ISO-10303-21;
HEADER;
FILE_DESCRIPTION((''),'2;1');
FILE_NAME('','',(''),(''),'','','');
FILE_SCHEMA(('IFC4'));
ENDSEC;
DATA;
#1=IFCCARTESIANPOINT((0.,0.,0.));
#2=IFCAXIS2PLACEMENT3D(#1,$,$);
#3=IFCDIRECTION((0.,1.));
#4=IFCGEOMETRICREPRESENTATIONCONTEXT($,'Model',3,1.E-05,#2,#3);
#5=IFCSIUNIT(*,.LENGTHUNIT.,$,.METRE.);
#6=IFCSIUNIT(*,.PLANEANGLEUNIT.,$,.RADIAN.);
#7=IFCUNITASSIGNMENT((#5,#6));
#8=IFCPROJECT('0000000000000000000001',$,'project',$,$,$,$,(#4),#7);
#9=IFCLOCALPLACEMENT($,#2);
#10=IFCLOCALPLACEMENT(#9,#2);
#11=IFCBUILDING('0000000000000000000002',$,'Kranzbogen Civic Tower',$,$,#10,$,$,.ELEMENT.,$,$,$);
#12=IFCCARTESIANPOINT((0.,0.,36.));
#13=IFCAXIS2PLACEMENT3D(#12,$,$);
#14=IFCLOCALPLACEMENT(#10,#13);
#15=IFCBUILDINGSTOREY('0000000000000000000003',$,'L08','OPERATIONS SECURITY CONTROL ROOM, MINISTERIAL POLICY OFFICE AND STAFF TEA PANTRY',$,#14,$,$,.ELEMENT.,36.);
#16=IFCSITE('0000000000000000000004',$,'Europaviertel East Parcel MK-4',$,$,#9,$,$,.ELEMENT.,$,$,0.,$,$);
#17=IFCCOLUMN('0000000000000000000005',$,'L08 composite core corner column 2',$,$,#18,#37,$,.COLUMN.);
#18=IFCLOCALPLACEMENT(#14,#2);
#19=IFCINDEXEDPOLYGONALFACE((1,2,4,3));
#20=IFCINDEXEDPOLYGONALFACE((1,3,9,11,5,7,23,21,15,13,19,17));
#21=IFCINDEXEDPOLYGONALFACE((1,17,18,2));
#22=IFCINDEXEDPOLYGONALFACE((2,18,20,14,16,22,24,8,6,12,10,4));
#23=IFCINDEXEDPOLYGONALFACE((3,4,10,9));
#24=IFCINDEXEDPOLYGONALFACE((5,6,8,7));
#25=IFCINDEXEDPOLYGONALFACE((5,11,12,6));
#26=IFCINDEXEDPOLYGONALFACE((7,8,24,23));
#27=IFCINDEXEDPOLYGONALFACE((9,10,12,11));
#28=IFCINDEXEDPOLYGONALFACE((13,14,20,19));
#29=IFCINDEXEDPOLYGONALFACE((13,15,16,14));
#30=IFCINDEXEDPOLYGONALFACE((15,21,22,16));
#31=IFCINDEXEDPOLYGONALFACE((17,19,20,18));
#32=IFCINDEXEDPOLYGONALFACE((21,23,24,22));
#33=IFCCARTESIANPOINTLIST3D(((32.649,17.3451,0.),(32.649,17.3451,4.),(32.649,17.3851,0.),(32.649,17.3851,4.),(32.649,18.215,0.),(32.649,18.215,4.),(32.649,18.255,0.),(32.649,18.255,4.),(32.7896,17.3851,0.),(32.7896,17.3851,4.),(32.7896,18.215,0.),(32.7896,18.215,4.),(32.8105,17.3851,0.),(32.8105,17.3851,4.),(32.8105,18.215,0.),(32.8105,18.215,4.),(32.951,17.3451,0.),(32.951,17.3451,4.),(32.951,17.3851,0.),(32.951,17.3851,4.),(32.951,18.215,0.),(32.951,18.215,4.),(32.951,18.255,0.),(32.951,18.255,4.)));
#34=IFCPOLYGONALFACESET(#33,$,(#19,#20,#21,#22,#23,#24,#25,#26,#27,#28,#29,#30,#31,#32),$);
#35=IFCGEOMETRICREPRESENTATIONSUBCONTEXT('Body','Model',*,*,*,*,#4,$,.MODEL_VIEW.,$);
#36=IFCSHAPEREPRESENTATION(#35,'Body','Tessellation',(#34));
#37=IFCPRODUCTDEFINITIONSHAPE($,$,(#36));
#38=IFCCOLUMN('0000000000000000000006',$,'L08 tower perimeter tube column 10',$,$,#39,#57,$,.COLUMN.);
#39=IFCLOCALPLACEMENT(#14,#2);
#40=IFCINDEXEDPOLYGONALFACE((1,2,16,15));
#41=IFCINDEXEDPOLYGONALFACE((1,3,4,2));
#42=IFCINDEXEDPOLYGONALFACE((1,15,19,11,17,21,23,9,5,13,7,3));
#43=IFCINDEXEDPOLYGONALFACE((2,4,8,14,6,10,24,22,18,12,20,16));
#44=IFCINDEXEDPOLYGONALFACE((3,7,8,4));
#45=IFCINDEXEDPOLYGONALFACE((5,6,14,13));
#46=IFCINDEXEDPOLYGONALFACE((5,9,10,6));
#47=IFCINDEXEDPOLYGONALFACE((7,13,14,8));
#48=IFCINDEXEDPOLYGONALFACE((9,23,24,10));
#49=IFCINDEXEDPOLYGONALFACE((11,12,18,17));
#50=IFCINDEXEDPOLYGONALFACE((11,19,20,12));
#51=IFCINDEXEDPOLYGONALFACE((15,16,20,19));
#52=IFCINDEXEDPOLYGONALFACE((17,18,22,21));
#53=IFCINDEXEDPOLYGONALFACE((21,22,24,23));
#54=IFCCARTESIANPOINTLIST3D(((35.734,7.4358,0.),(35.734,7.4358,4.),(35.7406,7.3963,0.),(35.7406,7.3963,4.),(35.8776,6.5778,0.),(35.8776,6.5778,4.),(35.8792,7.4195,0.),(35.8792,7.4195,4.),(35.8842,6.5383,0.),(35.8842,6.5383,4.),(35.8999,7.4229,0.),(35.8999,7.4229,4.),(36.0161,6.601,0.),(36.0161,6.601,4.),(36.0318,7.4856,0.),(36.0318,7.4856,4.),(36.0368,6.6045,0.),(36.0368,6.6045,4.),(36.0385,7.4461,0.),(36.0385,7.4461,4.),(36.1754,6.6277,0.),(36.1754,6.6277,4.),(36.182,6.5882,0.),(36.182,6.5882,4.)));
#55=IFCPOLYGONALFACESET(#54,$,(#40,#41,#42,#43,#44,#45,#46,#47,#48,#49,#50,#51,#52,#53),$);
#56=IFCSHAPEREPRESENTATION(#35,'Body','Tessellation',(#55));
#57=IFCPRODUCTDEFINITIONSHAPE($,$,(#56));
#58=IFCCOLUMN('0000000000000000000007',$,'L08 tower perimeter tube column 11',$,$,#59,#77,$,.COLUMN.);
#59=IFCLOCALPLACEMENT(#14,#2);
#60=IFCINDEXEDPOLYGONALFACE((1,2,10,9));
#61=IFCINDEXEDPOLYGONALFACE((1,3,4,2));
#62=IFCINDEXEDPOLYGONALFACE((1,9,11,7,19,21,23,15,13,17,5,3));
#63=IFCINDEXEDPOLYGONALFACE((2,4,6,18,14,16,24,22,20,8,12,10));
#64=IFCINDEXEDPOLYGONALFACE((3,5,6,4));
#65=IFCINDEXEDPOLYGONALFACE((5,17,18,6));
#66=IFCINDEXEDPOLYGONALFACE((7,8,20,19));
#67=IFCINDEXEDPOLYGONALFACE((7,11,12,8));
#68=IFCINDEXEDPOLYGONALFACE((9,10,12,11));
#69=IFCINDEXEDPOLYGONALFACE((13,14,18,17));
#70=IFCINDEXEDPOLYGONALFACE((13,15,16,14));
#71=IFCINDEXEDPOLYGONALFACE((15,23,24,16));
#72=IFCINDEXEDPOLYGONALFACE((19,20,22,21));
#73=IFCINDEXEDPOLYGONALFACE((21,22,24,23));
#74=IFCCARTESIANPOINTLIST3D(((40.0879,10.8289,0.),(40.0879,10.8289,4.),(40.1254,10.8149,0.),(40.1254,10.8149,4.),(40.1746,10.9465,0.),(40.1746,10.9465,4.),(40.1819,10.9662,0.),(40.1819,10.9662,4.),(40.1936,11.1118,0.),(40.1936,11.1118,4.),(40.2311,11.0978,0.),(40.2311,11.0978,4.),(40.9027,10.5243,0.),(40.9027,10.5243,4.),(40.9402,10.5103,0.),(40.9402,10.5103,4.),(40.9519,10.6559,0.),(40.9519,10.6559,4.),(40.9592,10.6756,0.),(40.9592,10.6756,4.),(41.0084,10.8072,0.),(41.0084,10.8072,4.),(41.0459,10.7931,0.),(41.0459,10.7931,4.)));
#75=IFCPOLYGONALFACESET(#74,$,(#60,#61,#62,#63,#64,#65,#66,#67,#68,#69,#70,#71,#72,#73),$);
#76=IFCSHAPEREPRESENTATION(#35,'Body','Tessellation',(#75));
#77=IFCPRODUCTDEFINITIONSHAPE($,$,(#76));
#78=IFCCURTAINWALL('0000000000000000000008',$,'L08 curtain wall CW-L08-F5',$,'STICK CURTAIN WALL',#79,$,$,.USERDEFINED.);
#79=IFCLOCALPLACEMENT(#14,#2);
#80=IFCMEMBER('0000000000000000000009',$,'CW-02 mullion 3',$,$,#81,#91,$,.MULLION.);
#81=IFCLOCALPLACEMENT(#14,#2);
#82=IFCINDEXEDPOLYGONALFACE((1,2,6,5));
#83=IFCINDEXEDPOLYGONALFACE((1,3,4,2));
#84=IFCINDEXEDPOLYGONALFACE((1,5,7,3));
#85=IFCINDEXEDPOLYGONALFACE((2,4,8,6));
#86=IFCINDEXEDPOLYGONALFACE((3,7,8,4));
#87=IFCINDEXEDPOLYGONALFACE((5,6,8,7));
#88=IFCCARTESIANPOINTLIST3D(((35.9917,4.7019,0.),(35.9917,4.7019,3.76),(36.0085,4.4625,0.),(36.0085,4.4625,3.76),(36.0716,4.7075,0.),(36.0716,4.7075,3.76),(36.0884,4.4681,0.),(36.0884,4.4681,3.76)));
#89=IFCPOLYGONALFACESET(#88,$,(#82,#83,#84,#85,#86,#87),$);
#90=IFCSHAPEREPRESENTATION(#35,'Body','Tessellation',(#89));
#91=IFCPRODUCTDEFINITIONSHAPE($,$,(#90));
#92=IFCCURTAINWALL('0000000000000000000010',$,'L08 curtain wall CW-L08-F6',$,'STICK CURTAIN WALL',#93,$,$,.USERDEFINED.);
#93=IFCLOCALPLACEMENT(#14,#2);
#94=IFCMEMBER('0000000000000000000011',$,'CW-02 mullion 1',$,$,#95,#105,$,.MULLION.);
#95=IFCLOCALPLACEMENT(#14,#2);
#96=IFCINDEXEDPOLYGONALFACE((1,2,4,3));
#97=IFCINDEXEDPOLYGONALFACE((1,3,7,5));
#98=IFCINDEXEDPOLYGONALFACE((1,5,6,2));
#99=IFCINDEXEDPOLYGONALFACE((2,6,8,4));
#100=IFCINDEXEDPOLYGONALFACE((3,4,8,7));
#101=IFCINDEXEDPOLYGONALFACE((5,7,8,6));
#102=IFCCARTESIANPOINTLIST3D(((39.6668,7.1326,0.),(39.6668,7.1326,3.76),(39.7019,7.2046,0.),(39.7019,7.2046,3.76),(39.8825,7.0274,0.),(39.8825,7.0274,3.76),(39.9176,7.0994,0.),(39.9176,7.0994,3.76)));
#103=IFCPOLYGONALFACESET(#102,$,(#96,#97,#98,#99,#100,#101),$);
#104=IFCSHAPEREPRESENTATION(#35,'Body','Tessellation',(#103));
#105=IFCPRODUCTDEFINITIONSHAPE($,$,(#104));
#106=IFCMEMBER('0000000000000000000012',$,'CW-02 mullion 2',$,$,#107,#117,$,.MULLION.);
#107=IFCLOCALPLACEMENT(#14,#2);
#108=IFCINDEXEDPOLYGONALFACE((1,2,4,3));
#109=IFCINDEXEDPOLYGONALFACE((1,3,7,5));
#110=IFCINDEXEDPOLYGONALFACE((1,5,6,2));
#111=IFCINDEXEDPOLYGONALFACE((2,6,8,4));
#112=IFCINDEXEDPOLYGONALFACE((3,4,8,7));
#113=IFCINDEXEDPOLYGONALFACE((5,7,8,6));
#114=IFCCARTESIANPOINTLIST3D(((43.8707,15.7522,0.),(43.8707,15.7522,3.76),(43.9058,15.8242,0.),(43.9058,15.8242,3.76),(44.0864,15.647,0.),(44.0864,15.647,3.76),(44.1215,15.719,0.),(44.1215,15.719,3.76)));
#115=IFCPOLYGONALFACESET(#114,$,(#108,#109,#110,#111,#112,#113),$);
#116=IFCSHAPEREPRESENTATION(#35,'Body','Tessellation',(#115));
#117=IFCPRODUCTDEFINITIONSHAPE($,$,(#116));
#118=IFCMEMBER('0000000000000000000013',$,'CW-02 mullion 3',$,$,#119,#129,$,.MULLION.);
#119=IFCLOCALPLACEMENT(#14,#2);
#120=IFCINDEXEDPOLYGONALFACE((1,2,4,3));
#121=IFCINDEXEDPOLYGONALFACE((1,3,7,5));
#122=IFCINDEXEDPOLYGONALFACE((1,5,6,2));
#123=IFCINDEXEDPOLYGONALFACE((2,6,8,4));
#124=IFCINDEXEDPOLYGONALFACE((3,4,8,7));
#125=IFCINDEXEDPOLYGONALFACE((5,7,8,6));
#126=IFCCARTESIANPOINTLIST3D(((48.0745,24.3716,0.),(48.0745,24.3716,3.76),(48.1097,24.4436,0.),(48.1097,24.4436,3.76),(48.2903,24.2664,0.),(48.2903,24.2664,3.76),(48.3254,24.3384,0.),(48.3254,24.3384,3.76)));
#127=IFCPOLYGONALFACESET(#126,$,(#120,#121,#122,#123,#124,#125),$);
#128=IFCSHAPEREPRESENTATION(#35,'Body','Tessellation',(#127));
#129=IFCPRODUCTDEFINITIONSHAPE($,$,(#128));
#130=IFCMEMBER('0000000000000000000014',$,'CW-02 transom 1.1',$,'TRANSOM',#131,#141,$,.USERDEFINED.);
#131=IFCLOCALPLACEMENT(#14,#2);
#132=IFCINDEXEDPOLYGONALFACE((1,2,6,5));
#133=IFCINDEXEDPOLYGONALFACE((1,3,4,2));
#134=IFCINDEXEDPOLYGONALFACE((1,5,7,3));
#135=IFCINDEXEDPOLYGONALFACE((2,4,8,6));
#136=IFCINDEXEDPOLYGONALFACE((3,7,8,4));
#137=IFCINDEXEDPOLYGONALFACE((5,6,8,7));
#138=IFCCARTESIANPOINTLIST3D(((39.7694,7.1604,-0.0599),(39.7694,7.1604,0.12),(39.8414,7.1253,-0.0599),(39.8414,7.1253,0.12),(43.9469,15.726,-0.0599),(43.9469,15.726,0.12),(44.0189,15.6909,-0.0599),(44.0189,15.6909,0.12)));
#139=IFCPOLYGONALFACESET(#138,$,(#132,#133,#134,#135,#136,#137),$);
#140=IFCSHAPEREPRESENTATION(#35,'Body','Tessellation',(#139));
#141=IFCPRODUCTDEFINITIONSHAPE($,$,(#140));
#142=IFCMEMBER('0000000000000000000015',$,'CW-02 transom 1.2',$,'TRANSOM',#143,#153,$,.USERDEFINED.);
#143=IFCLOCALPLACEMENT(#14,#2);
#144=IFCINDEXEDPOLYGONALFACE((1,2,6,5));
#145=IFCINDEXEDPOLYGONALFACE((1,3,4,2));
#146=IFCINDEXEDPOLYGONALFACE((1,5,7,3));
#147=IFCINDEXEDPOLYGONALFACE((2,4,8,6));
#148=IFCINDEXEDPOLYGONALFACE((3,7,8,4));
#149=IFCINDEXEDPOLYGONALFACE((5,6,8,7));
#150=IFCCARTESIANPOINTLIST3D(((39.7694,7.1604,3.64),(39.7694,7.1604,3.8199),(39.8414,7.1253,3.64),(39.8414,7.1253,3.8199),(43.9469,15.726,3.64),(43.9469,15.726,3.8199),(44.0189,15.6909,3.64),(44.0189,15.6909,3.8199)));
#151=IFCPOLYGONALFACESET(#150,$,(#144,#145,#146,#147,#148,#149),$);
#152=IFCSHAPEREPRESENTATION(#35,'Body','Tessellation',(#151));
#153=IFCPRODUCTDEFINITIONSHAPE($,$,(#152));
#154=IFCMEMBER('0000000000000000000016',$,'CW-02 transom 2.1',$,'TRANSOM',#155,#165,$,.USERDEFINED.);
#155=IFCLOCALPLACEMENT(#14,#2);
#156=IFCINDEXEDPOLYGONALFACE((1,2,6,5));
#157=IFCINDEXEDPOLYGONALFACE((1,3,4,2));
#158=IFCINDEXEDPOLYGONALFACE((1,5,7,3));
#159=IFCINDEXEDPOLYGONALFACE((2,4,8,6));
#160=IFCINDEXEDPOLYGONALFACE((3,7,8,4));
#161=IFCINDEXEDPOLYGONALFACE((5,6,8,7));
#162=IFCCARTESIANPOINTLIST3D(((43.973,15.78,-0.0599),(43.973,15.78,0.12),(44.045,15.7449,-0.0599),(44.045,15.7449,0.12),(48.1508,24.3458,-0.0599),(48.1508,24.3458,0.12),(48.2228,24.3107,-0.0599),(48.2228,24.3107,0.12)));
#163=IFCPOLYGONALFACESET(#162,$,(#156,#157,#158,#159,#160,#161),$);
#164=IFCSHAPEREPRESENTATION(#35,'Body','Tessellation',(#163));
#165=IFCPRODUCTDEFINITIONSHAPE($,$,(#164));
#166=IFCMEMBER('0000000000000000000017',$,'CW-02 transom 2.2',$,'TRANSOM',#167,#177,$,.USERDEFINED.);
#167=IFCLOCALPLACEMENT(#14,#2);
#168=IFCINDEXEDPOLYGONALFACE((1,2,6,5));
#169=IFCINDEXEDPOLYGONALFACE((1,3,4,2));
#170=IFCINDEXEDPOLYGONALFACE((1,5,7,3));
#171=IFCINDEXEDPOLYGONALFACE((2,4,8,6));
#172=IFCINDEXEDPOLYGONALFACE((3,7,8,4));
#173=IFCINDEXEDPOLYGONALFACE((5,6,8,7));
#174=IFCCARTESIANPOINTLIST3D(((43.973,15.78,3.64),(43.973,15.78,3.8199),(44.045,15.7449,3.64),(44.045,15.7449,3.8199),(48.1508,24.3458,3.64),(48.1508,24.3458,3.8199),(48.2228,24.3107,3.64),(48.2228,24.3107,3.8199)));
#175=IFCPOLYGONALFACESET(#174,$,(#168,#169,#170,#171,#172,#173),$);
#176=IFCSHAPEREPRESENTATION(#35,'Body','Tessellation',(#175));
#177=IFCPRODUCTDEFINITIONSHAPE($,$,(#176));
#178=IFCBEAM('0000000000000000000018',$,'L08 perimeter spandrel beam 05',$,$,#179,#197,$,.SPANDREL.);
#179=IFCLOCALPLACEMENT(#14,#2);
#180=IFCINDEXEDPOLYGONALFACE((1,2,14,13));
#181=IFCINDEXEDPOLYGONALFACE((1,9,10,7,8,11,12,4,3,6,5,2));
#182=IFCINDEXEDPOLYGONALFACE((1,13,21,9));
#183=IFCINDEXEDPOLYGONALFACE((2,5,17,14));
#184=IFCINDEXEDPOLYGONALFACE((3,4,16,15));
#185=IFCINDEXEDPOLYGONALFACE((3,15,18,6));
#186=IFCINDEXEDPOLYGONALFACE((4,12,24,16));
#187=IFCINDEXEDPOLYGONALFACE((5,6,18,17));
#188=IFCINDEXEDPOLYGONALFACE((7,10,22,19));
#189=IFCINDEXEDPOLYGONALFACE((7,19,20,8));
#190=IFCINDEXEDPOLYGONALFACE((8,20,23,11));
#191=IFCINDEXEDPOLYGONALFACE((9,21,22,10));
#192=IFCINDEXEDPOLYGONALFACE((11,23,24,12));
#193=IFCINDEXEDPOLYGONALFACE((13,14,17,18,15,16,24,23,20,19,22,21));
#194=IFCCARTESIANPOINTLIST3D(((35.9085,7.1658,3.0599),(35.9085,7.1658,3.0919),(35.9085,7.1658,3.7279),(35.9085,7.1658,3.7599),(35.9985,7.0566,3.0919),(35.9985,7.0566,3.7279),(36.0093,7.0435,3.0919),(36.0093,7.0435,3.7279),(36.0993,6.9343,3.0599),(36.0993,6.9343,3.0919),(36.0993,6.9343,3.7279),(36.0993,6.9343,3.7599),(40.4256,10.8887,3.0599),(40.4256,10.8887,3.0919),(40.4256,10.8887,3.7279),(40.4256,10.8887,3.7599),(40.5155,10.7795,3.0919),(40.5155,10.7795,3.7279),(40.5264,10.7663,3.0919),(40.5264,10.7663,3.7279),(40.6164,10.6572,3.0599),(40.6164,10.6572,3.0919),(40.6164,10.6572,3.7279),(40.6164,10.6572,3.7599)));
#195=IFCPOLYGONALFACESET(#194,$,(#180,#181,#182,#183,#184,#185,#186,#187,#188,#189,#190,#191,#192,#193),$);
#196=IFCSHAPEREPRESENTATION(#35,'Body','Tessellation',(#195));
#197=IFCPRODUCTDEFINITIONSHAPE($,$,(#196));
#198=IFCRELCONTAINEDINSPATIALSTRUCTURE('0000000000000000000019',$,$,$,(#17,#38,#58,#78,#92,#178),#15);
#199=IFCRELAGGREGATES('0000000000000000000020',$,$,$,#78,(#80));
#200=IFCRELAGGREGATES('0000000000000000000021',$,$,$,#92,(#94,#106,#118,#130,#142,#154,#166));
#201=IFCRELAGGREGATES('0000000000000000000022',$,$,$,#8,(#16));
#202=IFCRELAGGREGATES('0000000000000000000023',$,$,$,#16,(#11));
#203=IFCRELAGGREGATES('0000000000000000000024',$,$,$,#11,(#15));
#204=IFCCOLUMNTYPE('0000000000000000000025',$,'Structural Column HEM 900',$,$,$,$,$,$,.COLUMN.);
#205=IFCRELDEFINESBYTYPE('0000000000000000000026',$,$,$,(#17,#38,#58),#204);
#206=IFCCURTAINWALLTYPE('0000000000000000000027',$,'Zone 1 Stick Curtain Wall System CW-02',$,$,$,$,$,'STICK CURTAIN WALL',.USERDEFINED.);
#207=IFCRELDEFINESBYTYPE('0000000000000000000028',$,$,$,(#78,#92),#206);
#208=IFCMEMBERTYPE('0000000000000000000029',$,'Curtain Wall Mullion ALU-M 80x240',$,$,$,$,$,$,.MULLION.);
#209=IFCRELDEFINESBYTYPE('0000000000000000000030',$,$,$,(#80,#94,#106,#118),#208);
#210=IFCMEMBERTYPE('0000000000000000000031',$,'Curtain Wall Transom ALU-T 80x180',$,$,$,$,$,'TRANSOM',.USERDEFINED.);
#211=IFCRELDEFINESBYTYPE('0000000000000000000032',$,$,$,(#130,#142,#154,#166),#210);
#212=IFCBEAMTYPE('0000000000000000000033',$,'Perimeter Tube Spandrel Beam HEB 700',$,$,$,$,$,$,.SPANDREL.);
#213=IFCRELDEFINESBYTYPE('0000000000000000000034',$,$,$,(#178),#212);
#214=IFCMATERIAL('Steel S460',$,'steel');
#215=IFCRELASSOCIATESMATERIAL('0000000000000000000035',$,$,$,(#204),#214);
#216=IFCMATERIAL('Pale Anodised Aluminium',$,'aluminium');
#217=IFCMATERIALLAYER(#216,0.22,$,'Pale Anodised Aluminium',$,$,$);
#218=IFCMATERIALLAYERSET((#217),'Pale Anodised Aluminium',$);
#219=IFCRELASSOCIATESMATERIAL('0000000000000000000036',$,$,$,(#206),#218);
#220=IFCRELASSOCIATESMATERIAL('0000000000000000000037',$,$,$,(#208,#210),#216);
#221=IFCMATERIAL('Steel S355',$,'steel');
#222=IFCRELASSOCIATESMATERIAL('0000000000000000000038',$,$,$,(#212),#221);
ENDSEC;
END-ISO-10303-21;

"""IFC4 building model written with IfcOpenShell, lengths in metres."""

from ifc_helpers import new_model, si_unit, direction, frame, origin, origin_2d, place, context, subcontext, project, spatial, rectangle, i_section, extrude, material, layer, layer_set, material_profile, profile_set, type_object, element, aggregate, save


model = new_model("IFC4")

# Units and contexts
model_context = context("Model", 3, precision=1e-05, world=origin(), true_north=direction((0.0, 1.0)))
body_context = subcontext(model_context, "Body", "Model", "MODEL_VIEW")
ifc_project = project(units=[si_unit("LENGTHUNIT", "METRE"), si_unit("PLANEANGLEUNIT", "RADIAN")], contexts=[model_context])

# Site, building, storey
site_placement = place(None, origin())
site = spatial("IfcSite", under=ifc_project, at=site_placement, Name="Europaviertel East Parcel MK-4", CompositionType="ELEMENT", RefElevation=0.0)
building_placement = place(site_placement, origin())
building = spatial("IfcBuilding", under=site, at=building_placement, Name="Kranzbogen Civic Tower", CompositionType="ELEMENT")
storey_placement = place(building_placement, frame((0.0, 0.0, 36.0)))
storey = spatial("IfcBuildingStorey", under=building, at=storey_placement, Name="L08", Description="OPERATIONS SECURITY CONTROL ROOM, MINISTERIAL POLICY OFFICE AND STAFF TEA PANTRY", CompositionType="ELEMENT", Elevation=36.0)

# Columns
ifc_material_1 = material(Name="Steel S460", Category="steel")
ifc_material_profile_1 = material_profile(ifc_material_1, i_section(OverallWidth=0.302, OverallDepth=0.9099, WebThickness=0.021, FlangeThickness=0.04, at=origin_2d()), Name="HEM 900")
ifc_profile_set_1 = profile_set([ifc_material_profile_1], Name="Steel S460")
column_type = type_object("IfcColumnType", Name="Structural Column HEM 900", PredefinedType="COLUMN", material=ifc_profile_set_1)
for number, where, z_axis, x_axis, name in (
    (1, (32.8, 17.8, 0.0), (0.0, 0.0, 1.0), (1.0, 0.0, 0.0), "L08 composite core corner column 2"),
    (2, (35.958, 7.012, 0.0), (0.0, 0.0, 1.0), (0.986286, 0.165048, 0.0), "L08 tower perimeter tube column 10"),
    (3, (40.5669, 10.811, 0.0), (0.0, 0.0, 1.0), (0.350207, 0.936672, 0.0), "L08 tower perimeter tube column 11"),
):
    element("IfcColumn", number, at=place(storey_placement, frame(where, z_axis=z_axis, x_axis=x_axis)), inside=storey, type_object=column_type, Name=name, PredefinedType="COLUMN", context=body_context, shape_type="SweptSolid", body=[
        extrude(i_section(OverallWidth=0.302, OverallDepth=0.9099, WebThickness=0.021, FlangeThickness=0.04, at=origin_2d()), origin(), (0.0, 0.0, 1.0), 4.0),
    ])

# Curtain wall, member
ifc_material_2 = material(Name="Pale Anodised Aluminium", Category="aluminium")
ifc_layer_1 = layer(ifc_material_2, 0.22, Name="Pale Anodised Aluminium")
ifc_layer_set_1 = layer_set([ifc_layer_1], Name="Pale Anodised Aluminium")
curtain_wall_type = type_object("IfcCurtainWallType", Name="Zone 1 Stick Curtain Wall System CW-02", ElementType="STICK CURTAIN WALL", PredefinedType="USERDEFINED", material=ifc_layer_set_1)
curtain_wall_1_placement = place(storey_placement, origin())
curtain_wall_1 = element("IfcCurtainWall", 4, at=curtain_wall_1_placement, inside=storey, type_object=curtain_wall_type, Name="L08 curtain wall CW-L08-F5", ObjectType="STICK CURTAIN WALL", PredefinedType="USERDEFINED")
ifc_material_profile_2 = material_profile(ifc_material_2, rectangle(XDim=0.0801, YDim=0.24, at=origin_2d()), Name="ALU-M 80x240")
ifc_profile_set_2 = profile_set([ifc_material_profile_2], Name="Pale Anodised Aluminium")
member_type_1 = type_object("IfcMemberType", Name="Curtain Wall Mullion ALU-M 80x240", PredefinedType="MULLION", material=ifc_profile_set_2)
member_1_placement = place(storey_placement, frame((36.04, 4.585, 0.0), z_axis=(0.0, 0.0, 1.0), x_axis=(0.997564, 0.069755, 0.0)))
member_1 = element("IfcMember", 5, at=member_1_placement, type_object=member_type_1, Name="CW-02 mullion 3", PredefinedType="MULLION", context=body_context, shape_type="SweptSolid", body=[
    extrude(rectangle(XDim=0.0801, YDim=0.24, at=origin_2d()), origin(), (0.0, 0.0, 1.0), 3.76),
])

# Curtain wall, members
curtain_wall_2_placement = place(storey_placement, origin())
curtain_wall_2 = element("IfcCurtainWall", 6, at=curtain_wall_2_placement, inside=storey, type_object=curtain_wall_type, Name="L08 curtain wall CW-L08-F6", ObjectType="STICK CURTAIN WALL", PredefinedType="USERDEFINED")
member_2_placement = place(storey_placement, frame((39.7922, 7.116, 0.0), z_axis=(0.0, 0.0, 1.0), x_axis=(0.438356, 0.898801, 0.0)))
member_2 = element("IfcMember", 7, at=member_2_placement, type_object=member_type_1, Name="CW-02 mullion 1", PredefinedType="MULLION", context=body_context, shape_type="SweptSolid", body=[
    extrude(rectangle(XDim=0.0801, YDim=0.24, at=origin_2d()), origin(), (0.0, 0.0, 1.0), 3.76),
])
member_3_placement = place(storey_placement, frame((43.9961, 15.7356, 0.0), z_axis=(0.0, 0.0, 1.0), x_axis=(0.438356, 0.898801, 0.0)))
member_3 = element("IfcMember", 8, at=member_3_placement, type_object=member_type_1, Name="CW-02 mullion 2", PredefinedType="MULLION", context=body_context, shape_type="SweptSolid", body=[
    extrude(rectangle(XDim=0.0801, YDim=0.24, at=origin_2d()), origin(), (0.0, 0.0, 1.0), 3.76),
])
member_4_placement = place(storey_placement, frame((48.2, 24.355, 0.0), z_axis=(0.0, 0.0, 1.0), x_axis=(0.438356, 0.898801, 0.0)))
member_4 = element("IfcMember", 9, at=member_4_placement, type_object=member_type_1, Name="CW-02 mullion 3", PredefinedType="MULLION", context=body_context, shape_type="SweptSolid", body=[
    extrude(rectangle(XDim=0.0801, YDim=0.24, at=origin_2d()), origin(), (0.0, 0.0, 1.0), 3.76),
])
ifc_material_profile_3 = material_profile(ifc_material_2, rectangle(XDim=0.0801, YDim=0.1799, at=origin_2d()), Name="ALU-T 80x180")
ifc_profile_set_3 = profile_set([ifc_material_profile_3], Name="Pale Anodised Aluminium")
member_type_2 = type_object("IfcMemberType", Name="Curtain Wall Transom ALU-T 80x180", ElementType="TRANSOM", PredefinedType="USERDEFINED", material=ifc_profile_set_3)
member_5_placement = place(storey_placement, frame((39.8054, 7.1428, 0.03), z_axis=(0.438348, 0.898805, 0.0), x_axis=(-0.898805, 0.438348, 0.0)))
member_5 = element("IfcMember", 10, at=member_5_placement, type_object=member_type_2, Name="CW-02 transom 1.1", ObjectType="TRANSOM", PredefinedType="USERDEFINED", context=body_context, shape_type="SweptSolid", body=[
    extrude(rectangle(XDim=0.0801, YDim=0.1799, at=origin_2d()), origin(), (0.0, 0.0, 1.0), 9.53),
])
member_6_placement = place(storey_placement, frame((39.8054, 7.1428, 3.73), z_axis=(0.438348, 0.898805, 0.0), x_axis=(-0.898805, 0.438348, 0.0)))
member_6 = element("IfcMember", 11, at=member_6_placement, type_object=member_type_2, Name="CW-02 transom 1.2", ObjectType="TRANSOM", PredefinedType="USERDEFINED", context=body_context, shape_type="SweptSolid", body=[
    extrude(rectangle(XDim=0.0801, YDim=0.1799, at=origin_2d()), origin(), (0.0, 0.0, 1.0), 9.53),
])
member_7_placement = place(storey_placement, frame((44.009, 15.7625, 0.03), z_axis=(0.438369, 0.898795, 0.0), x_axis=(-0.898795, 0.438369, 0.0)))
member_7 = element("IfcMember", 12, at=member_7_placement, type_object=member_type_2, Name="CW-02 transom 2.1", ObjectType="TRANSOM", PredefinedType="USERDEFINED", context=body_context, shape_type="SweptSolid", body=[
    extrude(rectangle(XDim=0.0801, YDim=0.1799, at=origin_2d()), origin(), (0.0, 0.0, 1.0), 9.5303),
])
member_8_placement = place(storey_placement, frame((44.009, 15.7625, 3.73), z_axis=(0.438369, 0.898795, 0.0), x_axis=(-0.898795, 0.438369, 0.0)))
member_8 = element("IfcMember", 13, at=member_8_placement, type_object=member_type_2, Name="CW-02 transom 2.2", ObjectType="TRANSOM", PredefinedType="USERDEFINED", context=body_context, shape_type="SweptSolid", body=[
    extrude(rectangle(XDim=0.0801, YDim=0.1799, at=origin_2d()), origin(), (0.0, 0.0, 1.0), 9.5303),
])

# Beam
ifc_material_3 = material(Name="Steel S355", Category="steel")
ifc_material_profile_4 = material_profile(ifc_material_3, i_section(OverallWidth=0.3, OverallDepth=0.7, WebThickness=0.0171, FlangeThickness=0.032, at=origin_2d()), Name="HEB 700")
ifc_profile_set_4 = profile_set([ifc_material_profile_4], Name="Steel S355")
beam_type_1 = type_object("IfcBeamType", Name="Perimeter Tube Spandrel Beam HEB 700", PredefinedType="SPANDREL", material=ifc_profile_set_4)
beam_1_placement = place(storey_placement, frame((36.0039, 7.05, 3.4099), z_axis=(0.771683, 0.636007, 0.0), x_axis=(-0.636007, 0.771683, 0.0)))
element("IfcBeam", 14, at=beam_1_placement, inside=storey, type_object=beam_type_1, Name="L08 perimeter spandrel beam 05", PredefinedType="SPANDREL", context=body_context, shape_type="SweptSolid", body=[
    extrude(i_section(OverallWidth=0.3, OverallDepth=0.7, WebThickness=0.0171, FlangeThickness=0.032, at=origin_2d()), origin(), (0.0, 0.0, 1.0), 5.8535),
])

aggregate(curtain_wall_1, [member_1])
aggregate(curtain_wall_2, [member_2, member_3, member_4, member_5, member_6, member_7, member_8])

save(model, "model.ifc")
